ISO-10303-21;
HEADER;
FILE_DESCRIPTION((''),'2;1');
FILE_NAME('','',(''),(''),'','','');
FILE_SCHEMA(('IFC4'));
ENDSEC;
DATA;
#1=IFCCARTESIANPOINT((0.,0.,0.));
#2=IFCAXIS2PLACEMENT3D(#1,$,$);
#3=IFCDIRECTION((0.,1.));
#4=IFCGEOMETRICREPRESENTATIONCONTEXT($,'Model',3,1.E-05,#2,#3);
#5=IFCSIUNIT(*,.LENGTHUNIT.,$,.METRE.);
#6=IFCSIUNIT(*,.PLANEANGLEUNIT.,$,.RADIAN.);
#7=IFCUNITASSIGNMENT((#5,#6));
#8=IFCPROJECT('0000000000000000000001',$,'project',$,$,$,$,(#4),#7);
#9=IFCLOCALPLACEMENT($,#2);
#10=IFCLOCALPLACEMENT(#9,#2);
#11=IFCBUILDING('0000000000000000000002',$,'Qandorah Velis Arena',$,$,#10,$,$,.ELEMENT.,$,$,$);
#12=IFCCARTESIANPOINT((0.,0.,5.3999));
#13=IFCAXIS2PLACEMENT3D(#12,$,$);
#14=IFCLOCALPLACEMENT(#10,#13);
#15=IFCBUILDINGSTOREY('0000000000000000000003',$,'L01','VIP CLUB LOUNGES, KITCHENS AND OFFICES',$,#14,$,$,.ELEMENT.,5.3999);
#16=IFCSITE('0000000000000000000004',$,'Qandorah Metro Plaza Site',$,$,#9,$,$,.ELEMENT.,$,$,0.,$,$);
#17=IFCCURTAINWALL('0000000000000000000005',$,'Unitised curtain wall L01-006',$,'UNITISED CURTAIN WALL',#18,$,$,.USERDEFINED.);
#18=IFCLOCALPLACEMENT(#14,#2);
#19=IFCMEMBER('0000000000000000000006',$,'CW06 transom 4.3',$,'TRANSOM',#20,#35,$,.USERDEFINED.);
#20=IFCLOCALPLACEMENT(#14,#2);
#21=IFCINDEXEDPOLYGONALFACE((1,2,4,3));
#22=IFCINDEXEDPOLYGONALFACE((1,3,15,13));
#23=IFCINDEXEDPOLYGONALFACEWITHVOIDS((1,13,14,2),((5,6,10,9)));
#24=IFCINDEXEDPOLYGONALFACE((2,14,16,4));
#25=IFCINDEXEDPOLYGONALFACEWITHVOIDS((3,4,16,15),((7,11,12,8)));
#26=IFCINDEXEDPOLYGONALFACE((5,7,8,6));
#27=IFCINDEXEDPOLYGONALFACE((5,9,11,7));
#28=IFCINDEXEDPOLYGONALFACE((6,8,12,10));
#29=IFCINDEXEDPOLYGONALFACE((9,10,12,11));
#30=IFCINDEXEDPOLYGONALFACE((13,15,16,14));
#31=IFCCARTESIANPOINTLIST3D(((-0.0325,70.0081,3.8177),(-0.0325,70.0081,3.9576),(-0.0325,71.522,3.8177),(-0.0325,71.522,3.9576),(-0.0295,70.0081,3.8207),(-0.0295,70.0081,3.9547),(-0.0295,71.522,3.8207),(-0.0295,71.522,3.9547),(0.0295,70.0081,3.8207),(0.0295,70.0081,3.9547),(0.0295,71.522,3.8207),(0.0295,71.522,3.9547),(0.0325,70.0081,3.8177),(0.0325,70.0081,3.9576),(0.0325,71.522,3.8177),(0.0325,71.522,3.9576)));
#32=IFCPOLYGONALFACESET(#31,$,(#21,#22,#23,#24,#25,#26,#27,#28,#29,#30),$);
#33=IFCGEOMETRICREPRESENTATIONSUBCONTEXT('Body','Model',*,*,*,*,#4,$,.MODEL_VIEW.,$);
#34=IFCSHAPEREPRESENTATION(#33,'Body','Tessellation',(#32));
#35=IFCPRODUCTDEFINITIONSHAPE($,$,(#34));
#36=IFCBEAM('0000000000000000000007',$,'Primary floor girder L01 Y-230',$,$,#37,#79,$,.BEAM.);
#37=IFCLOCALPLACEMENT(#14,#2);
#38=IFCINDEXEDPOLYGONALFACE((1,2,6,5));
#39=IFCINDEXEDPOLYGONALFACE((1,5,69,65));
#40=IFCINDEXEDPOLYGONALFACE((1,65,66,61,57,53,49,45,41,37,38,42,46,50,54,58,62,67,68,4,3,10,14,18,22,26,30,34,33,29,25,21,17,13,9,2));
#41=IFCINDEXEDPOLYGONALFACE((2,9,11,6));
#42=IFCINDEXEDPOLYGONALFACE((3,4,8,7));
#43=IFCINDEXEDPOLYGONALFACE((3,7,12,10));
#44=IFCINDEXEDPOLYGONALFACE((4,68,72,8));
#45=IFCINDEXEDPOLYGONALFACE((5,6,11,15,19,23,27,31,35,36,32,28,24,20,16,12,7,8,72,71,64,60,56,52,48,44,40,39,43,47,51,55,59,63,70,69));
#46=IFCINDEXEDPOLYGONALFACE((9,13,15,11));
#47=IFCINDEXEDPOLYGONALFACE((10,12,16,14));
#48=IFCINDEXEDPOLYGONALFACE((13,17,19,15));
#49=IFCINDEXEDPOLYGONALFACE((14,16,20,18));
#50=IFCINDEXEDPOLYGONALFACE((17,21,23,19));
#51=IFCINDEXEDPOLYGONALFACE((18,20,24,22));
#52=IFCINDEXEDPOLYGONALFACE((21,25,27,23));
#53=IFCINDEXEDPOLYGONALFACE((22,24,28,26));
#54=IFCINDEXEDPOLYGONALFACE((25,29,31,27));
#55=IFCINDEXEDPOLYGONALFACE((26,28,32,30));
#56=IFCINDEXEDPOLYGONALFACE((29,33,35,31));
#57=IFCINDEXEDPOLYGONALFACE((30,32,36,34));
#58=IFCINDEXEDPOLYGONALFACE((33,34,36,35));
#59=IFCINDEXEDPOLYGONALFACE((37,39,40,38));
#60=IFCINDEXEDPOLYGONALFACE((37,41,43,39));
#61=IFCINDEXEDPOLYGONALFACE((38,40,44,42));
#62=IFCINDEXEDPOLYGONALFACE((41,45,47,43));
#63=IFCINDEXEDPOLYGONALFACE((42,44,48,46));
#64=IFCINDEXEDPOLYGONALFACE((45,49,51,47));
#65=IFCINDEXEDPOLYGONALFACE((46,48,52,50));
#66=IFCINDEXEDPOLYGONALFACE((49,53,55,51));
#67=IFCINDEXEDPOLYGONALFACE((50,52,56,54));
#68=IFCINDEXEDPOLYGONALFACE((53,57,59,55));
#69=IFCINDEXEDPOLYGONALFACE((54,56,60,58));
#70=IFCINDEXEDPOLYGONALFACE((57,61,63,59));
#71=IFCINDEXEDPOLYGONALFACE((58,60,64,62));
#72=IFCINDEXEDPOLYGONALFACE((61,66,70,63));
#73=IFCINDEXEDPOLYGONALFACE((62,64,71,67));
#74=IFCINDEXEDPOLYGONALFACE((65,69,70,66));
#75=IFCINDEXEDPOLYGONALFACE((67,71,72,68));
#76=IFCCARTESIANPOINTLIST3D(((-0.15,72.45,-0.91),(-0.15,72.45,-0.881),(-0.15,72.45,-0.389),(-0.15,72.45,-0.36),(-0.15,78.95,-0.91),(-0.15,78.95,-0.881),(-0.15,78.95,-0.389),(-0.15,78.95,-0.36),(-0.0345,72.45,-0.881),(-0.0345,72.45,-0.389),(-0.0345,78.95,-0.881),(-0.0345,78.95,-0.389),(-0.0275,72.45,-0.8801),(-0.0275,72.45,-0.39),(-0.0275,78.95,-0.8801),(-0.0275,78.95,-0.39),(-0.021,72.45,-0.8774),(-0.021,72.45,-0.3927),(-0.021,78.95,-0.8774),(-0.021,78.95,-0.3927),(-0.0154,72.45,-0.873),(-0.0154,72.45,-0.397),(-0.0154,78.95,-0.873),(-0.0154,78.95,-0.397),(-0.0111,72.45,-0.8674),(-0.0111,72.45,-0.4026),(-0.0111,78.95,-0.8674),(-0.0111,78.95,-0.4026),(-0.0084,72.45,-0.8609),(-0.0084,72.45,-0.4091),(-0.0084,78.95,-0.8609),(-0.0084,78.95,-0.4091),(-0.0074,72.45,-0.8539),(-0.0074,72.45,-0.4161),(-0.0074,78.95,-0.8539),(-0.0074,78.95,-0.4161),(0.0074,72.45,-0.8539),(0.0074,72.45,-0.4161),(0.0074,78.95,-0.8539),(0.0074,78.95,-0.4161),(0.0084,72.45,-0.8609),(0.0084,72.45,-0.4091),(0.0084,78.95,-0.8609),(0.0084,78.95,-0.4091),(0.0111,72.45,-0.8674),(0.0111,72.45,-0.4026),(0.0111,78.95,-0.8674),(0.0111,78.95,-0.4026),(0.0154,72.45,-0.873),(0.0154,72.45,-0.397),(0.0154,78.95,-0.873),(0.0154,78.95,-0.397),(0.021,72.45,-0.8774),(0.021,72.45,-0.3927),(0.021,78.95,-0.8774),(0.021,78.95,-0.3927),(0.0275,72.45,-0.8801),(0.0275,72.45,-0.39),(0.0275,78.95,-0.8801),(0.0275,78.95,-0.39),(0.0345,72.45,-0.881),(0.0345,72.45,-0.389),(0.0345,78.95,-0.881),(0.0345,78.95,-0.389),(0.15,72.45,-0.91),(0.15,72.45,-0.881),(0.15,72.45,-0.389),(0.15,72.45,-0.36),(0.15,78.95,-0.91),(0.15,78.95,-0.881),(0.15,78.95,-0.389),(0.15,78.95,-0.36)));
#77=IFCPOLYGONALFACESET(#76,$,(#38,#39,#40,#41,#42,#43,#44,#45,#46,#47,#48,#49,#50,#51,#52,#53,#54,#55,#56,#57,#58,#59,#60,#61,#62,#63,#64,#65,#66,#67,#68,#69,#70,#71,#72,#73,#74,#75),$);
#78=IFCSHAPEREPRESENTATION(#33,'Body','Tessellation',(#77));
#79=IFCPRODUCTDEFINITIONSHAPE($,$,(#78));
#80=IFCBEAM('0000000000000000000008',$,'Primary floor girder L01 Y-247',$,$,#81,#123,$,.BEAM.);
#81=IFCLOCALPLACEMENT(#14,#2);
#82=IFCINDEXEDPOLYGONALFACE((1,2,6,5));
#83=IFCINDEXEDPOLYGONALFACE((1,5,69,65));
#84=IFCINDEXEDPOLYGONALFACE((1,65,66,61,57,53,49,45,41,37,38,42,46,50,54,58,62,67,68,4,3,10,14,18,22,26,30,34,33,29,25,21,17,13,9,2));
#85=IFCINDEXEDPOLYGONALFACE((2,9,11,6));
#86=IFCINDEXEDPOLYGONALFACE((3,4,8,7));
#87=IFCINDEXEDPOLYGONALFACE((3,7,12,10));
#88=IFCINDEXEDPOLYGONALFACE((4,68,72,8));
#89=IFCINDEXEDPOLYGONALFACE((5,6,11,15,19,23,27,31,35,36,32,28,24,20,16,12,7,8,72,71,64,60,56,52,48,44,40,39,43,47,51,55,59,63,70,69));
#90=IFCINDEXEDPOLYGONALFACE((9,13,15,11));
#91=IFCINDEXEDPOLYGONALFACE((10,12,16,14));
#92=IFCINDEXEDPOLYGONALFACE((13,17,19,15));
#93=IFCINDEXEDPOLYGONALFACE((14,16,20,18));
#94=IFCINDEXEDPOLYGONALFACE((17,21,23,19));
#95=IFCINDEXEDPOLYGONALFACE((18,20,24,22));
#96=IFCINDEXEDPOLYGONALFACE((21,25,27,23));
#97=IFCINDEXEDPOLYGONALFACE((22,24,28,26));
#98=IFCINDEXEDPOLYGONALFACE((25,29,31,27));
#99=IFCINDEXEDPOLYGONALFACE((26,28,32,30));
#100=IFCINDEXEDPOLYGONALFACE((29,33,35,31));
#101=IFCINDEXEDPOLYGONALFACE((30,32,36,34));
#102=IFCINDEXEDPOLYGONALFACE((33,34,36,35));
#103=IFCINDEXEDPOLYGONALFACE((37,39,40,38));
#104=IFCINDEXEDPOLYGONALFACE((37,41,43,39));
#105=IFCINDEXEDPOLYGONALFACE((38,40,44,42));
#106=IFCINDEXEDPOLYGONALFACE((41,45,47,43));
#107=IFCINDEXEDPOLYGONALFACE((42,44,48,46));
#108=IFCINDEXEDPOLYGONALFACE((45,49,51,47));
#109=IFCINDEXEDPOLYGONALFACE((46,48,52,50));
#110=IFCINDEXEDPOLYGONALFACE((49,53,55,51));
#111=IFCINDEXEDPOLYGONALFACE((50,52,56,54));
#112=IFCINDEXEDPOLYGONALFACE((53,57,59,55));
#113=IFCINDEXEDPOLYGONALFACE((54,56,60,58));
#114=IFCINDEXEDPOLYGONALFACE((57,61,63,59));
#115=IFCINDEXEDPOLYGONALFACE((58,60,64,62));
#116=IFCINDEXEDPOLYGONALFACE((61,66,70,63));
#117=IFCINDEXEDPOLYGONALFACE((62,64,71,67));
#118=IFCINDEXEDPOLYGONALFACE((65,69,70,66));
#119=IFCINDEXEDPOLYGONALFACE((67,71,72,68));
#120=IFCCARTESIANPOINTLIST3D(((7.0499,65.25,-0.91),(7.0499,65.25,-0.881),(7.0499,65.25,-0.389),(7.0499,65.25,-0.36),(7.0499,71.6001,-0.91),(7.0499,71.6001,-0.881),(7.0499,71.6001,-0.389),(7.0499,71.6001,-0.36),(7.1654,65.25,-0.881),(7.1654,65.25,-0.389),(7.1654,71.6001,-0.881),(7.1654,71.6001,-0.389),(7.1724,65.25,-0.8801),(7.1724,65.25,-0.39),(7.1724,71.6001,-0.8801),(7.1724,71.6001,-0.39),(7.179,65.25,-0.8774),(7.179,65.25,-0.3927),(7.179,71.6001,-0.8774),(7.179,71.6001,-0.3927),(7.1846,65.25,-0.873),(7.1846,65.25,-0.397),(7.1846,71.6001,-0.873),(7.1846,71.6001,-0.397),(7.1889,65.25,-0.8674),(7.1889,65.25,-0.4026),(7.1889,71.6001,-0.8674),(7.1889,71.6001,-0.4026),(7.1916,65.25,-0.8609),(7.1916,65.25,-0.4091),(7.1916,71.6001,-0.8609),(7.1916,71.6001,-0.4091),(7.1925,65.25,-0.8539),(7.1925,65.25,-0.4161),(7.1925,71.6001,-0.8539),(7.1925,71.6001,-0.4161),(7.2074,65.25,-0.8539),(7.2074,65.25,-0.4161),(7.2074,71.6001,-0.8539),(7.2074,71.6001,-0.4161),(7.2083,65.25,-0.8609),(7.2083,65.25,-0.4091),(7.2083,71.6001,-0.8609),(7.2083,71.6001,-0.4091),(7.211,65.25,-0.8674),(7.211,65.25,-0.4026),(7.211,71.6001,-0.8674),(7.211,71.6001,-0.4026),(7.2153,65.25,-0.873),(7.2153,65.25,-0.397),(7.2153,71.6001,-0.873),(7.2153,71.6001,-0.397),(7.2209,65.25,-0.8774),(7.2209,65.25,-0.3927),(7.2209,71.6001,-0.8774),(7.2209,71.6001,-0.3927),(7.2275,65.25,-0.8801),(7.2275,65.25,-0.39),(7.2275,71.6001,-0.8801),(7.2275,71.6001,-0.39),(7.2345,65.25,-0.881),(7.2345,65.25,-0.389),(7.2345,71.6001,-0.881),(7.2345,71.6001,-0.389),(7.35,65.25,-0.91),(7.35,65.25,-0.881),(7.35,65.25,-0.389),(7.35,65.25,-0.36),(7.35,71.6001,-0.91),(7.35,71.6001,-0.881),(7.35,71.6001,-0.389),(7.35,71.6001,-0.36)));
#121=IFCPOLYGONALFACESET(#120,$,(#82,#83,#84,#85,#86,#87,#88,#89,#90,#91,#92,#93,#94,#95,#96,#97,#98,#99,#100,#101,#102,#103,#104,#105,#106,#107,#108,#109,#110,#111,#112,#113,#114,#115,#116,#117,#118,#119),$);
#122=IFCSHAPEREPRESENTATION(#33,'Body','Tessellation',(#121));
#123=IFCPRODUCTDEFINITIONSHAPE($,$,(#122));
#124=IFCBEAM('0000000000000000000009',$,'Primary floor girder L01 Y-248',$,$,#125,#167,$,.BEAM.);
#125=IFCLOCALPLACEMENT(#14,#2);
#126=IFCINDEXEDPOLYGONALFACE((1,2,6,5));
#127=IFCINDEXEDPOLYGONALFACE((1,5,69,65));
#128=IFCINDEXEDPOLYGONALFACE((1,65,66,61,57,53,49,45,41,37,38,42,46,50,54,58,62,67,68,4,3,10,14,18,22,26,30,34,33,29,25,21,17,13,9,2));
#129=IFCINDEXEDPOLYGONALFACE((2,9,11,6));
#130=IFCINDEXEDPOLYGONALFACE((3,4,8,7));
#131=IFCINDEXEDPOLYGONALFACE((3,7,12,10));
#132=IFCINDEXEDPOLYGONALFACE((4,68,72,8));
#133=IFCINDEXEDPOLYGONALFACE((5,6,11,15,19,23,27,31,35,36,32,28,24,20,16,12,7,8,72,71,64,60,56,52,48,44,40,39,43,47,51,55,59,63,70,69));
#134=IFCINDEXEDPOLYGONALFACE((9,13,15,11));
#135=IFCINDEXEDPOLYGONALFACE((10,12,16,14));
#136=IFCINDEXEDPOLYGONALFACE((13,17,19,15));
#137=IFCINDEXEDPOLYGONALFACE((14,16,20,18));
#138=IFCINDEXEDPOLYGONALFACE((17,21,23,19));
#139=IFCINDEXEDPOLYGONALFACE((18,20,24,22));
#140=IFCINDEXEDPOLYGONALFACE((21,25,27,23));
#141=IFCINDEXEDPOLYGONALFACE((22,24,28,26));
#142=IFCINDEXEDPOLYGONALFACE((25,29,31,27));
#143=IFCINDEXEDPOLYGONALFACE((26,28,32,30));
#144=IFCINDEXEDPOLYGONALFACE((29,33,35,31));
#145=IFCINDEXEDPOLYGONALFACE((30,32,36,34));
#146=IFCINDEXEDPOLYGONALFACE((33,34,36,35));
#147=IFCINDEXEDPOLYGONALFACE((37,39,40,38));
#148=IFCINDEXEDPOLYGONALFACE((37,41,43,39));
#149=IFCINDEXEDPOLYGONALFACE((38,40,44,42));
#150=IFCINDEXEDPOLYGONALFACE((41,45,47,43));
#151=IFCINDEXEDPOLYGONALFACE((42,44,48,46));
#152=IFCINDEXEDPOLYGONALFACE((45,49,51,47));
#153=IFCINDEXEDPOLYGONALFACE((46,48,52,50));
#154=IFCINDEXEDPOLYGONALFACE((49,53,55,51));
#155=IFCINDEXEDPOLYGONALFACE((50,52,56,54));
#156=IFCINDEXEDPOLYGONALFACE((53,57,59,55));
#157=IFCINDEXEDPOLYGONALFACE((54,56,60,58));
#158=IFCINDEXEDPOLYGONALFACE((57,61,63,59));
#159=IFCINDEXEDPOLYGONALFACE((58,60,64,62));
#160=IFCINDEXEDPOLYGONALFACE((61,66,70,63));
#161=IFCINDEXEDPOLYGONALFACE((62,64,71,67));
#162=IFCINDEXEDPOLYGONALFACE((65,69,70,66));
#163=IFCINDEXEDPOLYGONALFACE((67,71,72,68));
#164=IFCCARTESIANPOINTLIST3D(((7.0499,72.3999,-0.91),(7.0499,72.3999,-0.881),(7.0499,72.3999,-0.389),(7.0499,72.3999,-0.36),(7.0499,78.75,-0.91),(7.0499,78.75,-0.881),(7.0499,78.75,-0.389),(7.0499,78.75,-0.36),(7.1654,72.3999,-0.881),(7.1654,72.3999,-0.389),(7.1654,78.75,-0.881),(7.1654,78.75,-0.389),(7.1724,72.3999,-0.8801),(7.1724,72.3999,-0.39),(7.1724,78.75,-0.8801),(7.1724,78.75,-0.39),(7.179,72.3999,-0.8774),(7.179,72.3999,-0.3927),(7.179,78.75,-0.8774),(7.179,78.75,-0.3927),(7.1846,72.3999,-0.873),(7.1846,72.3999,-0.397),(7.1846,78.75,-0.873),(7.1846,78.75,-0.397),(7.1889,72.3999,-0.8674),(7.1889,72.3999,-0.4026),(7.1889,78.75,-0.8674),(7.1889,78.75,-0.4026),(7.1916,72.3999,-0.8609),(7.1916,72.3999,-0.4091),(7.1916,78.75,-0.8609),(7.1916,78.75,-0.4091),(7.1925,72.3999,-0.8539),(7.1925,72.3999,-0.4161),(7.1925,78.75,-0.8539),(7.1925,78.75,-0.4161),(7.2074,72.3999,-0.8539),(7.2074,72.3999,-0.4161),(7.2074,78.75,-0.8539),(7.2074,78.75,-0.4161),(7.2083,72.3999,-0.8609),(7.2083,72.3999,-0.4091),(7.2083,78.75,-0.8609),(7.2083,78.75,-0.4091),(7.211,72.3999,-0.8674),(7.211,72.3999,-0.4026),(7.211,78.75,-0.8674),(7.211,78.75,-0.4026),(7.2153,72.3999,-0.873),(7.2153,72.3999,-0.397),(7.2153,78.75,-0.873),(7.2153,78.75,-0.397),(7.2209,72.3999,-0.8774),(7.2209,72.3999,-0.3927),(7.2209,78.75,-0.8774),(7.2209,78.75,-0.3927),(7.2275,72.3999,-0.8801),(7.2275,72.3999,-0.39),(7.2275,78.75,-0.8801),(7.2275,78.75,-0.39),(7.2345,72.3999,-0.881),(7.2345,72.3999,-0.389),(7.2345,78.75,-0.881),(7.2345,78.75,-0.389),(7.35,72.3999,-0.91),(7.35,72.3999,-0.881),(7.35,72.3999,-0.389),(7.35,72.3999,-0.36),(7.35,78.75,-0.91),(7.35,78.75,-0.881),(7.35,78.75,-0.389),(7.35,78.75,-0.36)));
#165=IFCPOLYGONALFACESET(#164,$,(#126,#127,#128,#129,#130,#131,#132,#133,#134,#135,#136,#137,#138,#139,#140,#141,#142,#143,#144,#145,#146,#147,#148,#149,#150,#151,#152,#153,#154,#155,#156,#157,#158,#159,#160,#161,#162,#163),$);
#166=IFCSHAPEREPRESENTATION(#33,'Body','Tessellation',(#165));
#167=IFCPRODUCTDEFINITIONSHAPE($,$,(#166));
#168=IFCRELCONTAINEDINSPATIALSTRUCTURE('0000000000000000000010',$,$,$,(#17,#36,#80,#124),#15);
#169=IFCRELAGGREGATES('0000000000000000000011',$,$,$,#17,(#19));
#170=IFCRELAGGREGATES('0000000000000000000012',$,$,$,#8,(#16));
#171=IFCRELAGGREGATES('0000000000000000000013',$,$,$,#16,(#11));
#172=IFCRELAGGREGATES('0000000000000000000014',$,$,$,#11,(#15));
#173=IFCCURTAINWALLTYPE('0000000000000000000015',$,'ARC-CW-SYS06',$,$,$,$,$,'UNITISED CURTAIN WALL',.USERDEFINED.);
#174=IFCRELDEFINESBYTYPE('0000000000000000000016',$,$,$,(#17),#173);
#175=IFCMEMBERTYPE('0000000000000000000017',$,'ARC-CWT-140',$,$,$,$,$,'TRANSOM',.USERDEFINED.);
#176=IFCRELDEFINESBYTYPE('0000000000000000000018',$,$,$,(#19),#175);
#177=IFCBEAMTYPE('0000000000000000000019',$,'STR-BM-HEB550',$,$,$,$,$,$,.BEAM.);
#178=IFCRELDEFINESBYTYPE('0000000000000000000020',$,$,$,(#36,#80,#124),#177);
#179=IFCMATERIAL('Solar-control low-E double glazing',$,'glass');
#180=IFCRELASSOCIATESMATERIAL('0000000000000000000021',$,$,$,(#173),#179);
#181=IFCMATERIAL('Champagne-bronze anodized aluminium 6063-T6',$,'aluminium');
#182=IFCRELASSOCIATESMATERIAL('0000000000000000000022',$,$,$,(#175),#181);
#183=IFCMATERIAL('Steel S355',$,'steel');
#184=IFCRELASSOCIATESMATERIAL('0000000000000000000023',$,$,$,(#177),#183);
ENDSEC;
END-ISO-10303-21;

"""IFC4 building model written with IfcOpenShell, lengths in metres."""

from ifc_helpers import new_model, si_unit, direction, frame, origin, origin_2d, place, context, subcontext, project, spatial, hollow_rectangle, i_section, extrude, material, material_profile, profile_set, type_object, element, aggregate, save


model = new_model("IFC4")

# Units and contexts
model_context = context("Model", 3, precision=1e-05, world=origin(), true_north=direction((0.0, 1.0)))
body_context = subcontext(model_context, "Body", "Model", "MODEL_VIEW")
ifc_project = project(units=[si_unit("LENGTHUNIT", "METRE"), si_unit("PLANEANGLEUNIT", "RADIAN")], contexts=[model_context])

# Site, building, storey
site_placement = place(None, origin())
site = spatial("IfcSite", under=ifc_project, at=site_placement, Name="Qandorah Metro Plaza Site", CompositionType="ELEMENT", RefElevation=0.0)
building_placement = place(site_placement, origin())
building = spatial("IfcBuilding", under=site, at=building_placement, Name="Qandorah Velis Arena", CompositionType="ELEMENT")
storey_placement = place(building_placement, frame((0.0, 0.0, 5.3999)))
storey = spatial("IfcBuildingStorey", under=building, at=storey_placement, Name="L01", Description="VIP CLUB LOUNGES, KITCHENS AND OFFICES", CompositionType="ELEMENT", Elevation=5.3999)

# Curtain wall
ifc_material_1 = material(Name="Solar-control low-E double glazing", Category="glass")
ifc_material_2 = material(Name="Champagne-bronze anodized aluminium 6063-T6", Category="aluminium")
curtain_wall_type_1 = type_object("IfcCurtainWallType", Name="ARC-CW-SYS06", ElementType="UNITISED CURTAIN WALL", PredefinedType="USERDEFINED", material=ifc_material_1)
curtain_wall_1_placement = place(storey_placement, origin())
curtain_wall_1 = element("IfcCurtainWall", 1, at=curtain_wall_1_placement, inside=storey, type_object=curtain_wall_type_1, Name="Unitised curtain wall L01-006", ObjectType="UNITISED CURTAIN WALL", PredefinedType="USERDEFINED")

# Member
ifc_material_profile_1 = material_profile(ifc_material_2, hollow_rectangle(XDim=0.0649, YDim=0.1399, WallThickness=0.0029, at=origin_2d()), Name="ALU TRANSOM 65x140")
ifc_profile_set_1 = profile_set([ifc_material_profile_1], Name="Champagne-bronze anodized aluminium 6063-T6")
member_type_1 = type_object("IfcMemberType", Name="ARC-CWT-140", ElementType="TRANSOM", PredefinedType="USERDEFINED", material=ifc_profile_set_1)
member_1_placement = place(storey_placement, frame((0.0, 70.0081, 3.8877), z_axis=(0.0, 1.0, 0.0), x_axis=(-1.0, 0.0, 0.0)))
member_1 = element("IfcMember", 2, at=member_1_placement, type_object=member_type_1, Name="CW06 transom 4.3", ObjectType="TRANSOM", PredefinedType="USERDEFINED", context=body_context, shape_type="SweptSolid", body=[
    extrude(hollow_rectangle(XDim=0.0649, YDim=0.1399, WallThickness=0.0029, at=origin_2d()), origin(), (0.0, 0.0, 1.0), 1.5139),
])

# Beams
ifc_material_3 = material(Name="Steel S355", Category="steel")
ifc_material_profile_2 = material_profile(ifc_material_3, i_section(OverallWidth=0.3, OverallDepth=0.55, WebThickness=0.0149, FlangeThickness=0.0291, FilletRadius=0.0271, at=origin_2d()), Name="HEB 550")
ifc_profile_set_2 = profile_set([ifc_material_profile_2], Name="Steel S355")
beam_type_1 = type_object("IfcBeamType", Name="STR-BM-HEB550", PredefinedType="BEAM", material=ifc_profile_set_2)
beam_placement = place(storey_placement, frame((0.0, 72.45, -0.635), z_axis=(0.0, 1.0, 0.0), x_axis=(-1.0, 0.0, 0.0)))
element("IfcBeam", 3, at=beam_placement, inside=storey, type_object=beam_type_1, Name="Primary floor girder L01 Y-230", PredefinedType="BEAM", context=body_context, shape_type="SweptSolid", body=[
    extrude(i_section(OverallWidth=0.3, OverallDepth=0.55, WebThickness=0.0149, FlangeThickness=0.0291, FilletRadius=0.0271, at=origin_2d()), origin(), (0.0, 0.0, 1.0), 6.5),
])
for number, where, z_axis, x_axis, name in (
    (4, (7.2, 65.25, -0.635), (0.0, 1.0, 0.0), (-1.0, 0.0, 0.0), "Primary floor girder L01 Y-247"),
    (5, (7.2, 72.3999, -0.635), (0.0, 1.0, 0.0), (-1.0, 0.0, 0.0), "Primary floor girder L01 Y-248"),
):
    element("IfcBeam", number, at=place(storey_placement, frame(where, z_axis=z_axis, x_axis=x_axis)), inside=storey, type_object=beam_type_1, Name=name, PredefinedType="BEAM", context=body_context, shape_type="SweptSolid", body=[
        extrude(i_section(OverallWidth=0.3, OverallDepth=0.55, WebThickness=0.0149, FlangeThickness=0.0291, FilletRadius=0.0271, at=origin_2d()), origin(), (0.0, 0.0, 1.0), 6.3501),
    ])

aggregate(curtain_wall_1, [member_1])

save(model, "model.ifc")
